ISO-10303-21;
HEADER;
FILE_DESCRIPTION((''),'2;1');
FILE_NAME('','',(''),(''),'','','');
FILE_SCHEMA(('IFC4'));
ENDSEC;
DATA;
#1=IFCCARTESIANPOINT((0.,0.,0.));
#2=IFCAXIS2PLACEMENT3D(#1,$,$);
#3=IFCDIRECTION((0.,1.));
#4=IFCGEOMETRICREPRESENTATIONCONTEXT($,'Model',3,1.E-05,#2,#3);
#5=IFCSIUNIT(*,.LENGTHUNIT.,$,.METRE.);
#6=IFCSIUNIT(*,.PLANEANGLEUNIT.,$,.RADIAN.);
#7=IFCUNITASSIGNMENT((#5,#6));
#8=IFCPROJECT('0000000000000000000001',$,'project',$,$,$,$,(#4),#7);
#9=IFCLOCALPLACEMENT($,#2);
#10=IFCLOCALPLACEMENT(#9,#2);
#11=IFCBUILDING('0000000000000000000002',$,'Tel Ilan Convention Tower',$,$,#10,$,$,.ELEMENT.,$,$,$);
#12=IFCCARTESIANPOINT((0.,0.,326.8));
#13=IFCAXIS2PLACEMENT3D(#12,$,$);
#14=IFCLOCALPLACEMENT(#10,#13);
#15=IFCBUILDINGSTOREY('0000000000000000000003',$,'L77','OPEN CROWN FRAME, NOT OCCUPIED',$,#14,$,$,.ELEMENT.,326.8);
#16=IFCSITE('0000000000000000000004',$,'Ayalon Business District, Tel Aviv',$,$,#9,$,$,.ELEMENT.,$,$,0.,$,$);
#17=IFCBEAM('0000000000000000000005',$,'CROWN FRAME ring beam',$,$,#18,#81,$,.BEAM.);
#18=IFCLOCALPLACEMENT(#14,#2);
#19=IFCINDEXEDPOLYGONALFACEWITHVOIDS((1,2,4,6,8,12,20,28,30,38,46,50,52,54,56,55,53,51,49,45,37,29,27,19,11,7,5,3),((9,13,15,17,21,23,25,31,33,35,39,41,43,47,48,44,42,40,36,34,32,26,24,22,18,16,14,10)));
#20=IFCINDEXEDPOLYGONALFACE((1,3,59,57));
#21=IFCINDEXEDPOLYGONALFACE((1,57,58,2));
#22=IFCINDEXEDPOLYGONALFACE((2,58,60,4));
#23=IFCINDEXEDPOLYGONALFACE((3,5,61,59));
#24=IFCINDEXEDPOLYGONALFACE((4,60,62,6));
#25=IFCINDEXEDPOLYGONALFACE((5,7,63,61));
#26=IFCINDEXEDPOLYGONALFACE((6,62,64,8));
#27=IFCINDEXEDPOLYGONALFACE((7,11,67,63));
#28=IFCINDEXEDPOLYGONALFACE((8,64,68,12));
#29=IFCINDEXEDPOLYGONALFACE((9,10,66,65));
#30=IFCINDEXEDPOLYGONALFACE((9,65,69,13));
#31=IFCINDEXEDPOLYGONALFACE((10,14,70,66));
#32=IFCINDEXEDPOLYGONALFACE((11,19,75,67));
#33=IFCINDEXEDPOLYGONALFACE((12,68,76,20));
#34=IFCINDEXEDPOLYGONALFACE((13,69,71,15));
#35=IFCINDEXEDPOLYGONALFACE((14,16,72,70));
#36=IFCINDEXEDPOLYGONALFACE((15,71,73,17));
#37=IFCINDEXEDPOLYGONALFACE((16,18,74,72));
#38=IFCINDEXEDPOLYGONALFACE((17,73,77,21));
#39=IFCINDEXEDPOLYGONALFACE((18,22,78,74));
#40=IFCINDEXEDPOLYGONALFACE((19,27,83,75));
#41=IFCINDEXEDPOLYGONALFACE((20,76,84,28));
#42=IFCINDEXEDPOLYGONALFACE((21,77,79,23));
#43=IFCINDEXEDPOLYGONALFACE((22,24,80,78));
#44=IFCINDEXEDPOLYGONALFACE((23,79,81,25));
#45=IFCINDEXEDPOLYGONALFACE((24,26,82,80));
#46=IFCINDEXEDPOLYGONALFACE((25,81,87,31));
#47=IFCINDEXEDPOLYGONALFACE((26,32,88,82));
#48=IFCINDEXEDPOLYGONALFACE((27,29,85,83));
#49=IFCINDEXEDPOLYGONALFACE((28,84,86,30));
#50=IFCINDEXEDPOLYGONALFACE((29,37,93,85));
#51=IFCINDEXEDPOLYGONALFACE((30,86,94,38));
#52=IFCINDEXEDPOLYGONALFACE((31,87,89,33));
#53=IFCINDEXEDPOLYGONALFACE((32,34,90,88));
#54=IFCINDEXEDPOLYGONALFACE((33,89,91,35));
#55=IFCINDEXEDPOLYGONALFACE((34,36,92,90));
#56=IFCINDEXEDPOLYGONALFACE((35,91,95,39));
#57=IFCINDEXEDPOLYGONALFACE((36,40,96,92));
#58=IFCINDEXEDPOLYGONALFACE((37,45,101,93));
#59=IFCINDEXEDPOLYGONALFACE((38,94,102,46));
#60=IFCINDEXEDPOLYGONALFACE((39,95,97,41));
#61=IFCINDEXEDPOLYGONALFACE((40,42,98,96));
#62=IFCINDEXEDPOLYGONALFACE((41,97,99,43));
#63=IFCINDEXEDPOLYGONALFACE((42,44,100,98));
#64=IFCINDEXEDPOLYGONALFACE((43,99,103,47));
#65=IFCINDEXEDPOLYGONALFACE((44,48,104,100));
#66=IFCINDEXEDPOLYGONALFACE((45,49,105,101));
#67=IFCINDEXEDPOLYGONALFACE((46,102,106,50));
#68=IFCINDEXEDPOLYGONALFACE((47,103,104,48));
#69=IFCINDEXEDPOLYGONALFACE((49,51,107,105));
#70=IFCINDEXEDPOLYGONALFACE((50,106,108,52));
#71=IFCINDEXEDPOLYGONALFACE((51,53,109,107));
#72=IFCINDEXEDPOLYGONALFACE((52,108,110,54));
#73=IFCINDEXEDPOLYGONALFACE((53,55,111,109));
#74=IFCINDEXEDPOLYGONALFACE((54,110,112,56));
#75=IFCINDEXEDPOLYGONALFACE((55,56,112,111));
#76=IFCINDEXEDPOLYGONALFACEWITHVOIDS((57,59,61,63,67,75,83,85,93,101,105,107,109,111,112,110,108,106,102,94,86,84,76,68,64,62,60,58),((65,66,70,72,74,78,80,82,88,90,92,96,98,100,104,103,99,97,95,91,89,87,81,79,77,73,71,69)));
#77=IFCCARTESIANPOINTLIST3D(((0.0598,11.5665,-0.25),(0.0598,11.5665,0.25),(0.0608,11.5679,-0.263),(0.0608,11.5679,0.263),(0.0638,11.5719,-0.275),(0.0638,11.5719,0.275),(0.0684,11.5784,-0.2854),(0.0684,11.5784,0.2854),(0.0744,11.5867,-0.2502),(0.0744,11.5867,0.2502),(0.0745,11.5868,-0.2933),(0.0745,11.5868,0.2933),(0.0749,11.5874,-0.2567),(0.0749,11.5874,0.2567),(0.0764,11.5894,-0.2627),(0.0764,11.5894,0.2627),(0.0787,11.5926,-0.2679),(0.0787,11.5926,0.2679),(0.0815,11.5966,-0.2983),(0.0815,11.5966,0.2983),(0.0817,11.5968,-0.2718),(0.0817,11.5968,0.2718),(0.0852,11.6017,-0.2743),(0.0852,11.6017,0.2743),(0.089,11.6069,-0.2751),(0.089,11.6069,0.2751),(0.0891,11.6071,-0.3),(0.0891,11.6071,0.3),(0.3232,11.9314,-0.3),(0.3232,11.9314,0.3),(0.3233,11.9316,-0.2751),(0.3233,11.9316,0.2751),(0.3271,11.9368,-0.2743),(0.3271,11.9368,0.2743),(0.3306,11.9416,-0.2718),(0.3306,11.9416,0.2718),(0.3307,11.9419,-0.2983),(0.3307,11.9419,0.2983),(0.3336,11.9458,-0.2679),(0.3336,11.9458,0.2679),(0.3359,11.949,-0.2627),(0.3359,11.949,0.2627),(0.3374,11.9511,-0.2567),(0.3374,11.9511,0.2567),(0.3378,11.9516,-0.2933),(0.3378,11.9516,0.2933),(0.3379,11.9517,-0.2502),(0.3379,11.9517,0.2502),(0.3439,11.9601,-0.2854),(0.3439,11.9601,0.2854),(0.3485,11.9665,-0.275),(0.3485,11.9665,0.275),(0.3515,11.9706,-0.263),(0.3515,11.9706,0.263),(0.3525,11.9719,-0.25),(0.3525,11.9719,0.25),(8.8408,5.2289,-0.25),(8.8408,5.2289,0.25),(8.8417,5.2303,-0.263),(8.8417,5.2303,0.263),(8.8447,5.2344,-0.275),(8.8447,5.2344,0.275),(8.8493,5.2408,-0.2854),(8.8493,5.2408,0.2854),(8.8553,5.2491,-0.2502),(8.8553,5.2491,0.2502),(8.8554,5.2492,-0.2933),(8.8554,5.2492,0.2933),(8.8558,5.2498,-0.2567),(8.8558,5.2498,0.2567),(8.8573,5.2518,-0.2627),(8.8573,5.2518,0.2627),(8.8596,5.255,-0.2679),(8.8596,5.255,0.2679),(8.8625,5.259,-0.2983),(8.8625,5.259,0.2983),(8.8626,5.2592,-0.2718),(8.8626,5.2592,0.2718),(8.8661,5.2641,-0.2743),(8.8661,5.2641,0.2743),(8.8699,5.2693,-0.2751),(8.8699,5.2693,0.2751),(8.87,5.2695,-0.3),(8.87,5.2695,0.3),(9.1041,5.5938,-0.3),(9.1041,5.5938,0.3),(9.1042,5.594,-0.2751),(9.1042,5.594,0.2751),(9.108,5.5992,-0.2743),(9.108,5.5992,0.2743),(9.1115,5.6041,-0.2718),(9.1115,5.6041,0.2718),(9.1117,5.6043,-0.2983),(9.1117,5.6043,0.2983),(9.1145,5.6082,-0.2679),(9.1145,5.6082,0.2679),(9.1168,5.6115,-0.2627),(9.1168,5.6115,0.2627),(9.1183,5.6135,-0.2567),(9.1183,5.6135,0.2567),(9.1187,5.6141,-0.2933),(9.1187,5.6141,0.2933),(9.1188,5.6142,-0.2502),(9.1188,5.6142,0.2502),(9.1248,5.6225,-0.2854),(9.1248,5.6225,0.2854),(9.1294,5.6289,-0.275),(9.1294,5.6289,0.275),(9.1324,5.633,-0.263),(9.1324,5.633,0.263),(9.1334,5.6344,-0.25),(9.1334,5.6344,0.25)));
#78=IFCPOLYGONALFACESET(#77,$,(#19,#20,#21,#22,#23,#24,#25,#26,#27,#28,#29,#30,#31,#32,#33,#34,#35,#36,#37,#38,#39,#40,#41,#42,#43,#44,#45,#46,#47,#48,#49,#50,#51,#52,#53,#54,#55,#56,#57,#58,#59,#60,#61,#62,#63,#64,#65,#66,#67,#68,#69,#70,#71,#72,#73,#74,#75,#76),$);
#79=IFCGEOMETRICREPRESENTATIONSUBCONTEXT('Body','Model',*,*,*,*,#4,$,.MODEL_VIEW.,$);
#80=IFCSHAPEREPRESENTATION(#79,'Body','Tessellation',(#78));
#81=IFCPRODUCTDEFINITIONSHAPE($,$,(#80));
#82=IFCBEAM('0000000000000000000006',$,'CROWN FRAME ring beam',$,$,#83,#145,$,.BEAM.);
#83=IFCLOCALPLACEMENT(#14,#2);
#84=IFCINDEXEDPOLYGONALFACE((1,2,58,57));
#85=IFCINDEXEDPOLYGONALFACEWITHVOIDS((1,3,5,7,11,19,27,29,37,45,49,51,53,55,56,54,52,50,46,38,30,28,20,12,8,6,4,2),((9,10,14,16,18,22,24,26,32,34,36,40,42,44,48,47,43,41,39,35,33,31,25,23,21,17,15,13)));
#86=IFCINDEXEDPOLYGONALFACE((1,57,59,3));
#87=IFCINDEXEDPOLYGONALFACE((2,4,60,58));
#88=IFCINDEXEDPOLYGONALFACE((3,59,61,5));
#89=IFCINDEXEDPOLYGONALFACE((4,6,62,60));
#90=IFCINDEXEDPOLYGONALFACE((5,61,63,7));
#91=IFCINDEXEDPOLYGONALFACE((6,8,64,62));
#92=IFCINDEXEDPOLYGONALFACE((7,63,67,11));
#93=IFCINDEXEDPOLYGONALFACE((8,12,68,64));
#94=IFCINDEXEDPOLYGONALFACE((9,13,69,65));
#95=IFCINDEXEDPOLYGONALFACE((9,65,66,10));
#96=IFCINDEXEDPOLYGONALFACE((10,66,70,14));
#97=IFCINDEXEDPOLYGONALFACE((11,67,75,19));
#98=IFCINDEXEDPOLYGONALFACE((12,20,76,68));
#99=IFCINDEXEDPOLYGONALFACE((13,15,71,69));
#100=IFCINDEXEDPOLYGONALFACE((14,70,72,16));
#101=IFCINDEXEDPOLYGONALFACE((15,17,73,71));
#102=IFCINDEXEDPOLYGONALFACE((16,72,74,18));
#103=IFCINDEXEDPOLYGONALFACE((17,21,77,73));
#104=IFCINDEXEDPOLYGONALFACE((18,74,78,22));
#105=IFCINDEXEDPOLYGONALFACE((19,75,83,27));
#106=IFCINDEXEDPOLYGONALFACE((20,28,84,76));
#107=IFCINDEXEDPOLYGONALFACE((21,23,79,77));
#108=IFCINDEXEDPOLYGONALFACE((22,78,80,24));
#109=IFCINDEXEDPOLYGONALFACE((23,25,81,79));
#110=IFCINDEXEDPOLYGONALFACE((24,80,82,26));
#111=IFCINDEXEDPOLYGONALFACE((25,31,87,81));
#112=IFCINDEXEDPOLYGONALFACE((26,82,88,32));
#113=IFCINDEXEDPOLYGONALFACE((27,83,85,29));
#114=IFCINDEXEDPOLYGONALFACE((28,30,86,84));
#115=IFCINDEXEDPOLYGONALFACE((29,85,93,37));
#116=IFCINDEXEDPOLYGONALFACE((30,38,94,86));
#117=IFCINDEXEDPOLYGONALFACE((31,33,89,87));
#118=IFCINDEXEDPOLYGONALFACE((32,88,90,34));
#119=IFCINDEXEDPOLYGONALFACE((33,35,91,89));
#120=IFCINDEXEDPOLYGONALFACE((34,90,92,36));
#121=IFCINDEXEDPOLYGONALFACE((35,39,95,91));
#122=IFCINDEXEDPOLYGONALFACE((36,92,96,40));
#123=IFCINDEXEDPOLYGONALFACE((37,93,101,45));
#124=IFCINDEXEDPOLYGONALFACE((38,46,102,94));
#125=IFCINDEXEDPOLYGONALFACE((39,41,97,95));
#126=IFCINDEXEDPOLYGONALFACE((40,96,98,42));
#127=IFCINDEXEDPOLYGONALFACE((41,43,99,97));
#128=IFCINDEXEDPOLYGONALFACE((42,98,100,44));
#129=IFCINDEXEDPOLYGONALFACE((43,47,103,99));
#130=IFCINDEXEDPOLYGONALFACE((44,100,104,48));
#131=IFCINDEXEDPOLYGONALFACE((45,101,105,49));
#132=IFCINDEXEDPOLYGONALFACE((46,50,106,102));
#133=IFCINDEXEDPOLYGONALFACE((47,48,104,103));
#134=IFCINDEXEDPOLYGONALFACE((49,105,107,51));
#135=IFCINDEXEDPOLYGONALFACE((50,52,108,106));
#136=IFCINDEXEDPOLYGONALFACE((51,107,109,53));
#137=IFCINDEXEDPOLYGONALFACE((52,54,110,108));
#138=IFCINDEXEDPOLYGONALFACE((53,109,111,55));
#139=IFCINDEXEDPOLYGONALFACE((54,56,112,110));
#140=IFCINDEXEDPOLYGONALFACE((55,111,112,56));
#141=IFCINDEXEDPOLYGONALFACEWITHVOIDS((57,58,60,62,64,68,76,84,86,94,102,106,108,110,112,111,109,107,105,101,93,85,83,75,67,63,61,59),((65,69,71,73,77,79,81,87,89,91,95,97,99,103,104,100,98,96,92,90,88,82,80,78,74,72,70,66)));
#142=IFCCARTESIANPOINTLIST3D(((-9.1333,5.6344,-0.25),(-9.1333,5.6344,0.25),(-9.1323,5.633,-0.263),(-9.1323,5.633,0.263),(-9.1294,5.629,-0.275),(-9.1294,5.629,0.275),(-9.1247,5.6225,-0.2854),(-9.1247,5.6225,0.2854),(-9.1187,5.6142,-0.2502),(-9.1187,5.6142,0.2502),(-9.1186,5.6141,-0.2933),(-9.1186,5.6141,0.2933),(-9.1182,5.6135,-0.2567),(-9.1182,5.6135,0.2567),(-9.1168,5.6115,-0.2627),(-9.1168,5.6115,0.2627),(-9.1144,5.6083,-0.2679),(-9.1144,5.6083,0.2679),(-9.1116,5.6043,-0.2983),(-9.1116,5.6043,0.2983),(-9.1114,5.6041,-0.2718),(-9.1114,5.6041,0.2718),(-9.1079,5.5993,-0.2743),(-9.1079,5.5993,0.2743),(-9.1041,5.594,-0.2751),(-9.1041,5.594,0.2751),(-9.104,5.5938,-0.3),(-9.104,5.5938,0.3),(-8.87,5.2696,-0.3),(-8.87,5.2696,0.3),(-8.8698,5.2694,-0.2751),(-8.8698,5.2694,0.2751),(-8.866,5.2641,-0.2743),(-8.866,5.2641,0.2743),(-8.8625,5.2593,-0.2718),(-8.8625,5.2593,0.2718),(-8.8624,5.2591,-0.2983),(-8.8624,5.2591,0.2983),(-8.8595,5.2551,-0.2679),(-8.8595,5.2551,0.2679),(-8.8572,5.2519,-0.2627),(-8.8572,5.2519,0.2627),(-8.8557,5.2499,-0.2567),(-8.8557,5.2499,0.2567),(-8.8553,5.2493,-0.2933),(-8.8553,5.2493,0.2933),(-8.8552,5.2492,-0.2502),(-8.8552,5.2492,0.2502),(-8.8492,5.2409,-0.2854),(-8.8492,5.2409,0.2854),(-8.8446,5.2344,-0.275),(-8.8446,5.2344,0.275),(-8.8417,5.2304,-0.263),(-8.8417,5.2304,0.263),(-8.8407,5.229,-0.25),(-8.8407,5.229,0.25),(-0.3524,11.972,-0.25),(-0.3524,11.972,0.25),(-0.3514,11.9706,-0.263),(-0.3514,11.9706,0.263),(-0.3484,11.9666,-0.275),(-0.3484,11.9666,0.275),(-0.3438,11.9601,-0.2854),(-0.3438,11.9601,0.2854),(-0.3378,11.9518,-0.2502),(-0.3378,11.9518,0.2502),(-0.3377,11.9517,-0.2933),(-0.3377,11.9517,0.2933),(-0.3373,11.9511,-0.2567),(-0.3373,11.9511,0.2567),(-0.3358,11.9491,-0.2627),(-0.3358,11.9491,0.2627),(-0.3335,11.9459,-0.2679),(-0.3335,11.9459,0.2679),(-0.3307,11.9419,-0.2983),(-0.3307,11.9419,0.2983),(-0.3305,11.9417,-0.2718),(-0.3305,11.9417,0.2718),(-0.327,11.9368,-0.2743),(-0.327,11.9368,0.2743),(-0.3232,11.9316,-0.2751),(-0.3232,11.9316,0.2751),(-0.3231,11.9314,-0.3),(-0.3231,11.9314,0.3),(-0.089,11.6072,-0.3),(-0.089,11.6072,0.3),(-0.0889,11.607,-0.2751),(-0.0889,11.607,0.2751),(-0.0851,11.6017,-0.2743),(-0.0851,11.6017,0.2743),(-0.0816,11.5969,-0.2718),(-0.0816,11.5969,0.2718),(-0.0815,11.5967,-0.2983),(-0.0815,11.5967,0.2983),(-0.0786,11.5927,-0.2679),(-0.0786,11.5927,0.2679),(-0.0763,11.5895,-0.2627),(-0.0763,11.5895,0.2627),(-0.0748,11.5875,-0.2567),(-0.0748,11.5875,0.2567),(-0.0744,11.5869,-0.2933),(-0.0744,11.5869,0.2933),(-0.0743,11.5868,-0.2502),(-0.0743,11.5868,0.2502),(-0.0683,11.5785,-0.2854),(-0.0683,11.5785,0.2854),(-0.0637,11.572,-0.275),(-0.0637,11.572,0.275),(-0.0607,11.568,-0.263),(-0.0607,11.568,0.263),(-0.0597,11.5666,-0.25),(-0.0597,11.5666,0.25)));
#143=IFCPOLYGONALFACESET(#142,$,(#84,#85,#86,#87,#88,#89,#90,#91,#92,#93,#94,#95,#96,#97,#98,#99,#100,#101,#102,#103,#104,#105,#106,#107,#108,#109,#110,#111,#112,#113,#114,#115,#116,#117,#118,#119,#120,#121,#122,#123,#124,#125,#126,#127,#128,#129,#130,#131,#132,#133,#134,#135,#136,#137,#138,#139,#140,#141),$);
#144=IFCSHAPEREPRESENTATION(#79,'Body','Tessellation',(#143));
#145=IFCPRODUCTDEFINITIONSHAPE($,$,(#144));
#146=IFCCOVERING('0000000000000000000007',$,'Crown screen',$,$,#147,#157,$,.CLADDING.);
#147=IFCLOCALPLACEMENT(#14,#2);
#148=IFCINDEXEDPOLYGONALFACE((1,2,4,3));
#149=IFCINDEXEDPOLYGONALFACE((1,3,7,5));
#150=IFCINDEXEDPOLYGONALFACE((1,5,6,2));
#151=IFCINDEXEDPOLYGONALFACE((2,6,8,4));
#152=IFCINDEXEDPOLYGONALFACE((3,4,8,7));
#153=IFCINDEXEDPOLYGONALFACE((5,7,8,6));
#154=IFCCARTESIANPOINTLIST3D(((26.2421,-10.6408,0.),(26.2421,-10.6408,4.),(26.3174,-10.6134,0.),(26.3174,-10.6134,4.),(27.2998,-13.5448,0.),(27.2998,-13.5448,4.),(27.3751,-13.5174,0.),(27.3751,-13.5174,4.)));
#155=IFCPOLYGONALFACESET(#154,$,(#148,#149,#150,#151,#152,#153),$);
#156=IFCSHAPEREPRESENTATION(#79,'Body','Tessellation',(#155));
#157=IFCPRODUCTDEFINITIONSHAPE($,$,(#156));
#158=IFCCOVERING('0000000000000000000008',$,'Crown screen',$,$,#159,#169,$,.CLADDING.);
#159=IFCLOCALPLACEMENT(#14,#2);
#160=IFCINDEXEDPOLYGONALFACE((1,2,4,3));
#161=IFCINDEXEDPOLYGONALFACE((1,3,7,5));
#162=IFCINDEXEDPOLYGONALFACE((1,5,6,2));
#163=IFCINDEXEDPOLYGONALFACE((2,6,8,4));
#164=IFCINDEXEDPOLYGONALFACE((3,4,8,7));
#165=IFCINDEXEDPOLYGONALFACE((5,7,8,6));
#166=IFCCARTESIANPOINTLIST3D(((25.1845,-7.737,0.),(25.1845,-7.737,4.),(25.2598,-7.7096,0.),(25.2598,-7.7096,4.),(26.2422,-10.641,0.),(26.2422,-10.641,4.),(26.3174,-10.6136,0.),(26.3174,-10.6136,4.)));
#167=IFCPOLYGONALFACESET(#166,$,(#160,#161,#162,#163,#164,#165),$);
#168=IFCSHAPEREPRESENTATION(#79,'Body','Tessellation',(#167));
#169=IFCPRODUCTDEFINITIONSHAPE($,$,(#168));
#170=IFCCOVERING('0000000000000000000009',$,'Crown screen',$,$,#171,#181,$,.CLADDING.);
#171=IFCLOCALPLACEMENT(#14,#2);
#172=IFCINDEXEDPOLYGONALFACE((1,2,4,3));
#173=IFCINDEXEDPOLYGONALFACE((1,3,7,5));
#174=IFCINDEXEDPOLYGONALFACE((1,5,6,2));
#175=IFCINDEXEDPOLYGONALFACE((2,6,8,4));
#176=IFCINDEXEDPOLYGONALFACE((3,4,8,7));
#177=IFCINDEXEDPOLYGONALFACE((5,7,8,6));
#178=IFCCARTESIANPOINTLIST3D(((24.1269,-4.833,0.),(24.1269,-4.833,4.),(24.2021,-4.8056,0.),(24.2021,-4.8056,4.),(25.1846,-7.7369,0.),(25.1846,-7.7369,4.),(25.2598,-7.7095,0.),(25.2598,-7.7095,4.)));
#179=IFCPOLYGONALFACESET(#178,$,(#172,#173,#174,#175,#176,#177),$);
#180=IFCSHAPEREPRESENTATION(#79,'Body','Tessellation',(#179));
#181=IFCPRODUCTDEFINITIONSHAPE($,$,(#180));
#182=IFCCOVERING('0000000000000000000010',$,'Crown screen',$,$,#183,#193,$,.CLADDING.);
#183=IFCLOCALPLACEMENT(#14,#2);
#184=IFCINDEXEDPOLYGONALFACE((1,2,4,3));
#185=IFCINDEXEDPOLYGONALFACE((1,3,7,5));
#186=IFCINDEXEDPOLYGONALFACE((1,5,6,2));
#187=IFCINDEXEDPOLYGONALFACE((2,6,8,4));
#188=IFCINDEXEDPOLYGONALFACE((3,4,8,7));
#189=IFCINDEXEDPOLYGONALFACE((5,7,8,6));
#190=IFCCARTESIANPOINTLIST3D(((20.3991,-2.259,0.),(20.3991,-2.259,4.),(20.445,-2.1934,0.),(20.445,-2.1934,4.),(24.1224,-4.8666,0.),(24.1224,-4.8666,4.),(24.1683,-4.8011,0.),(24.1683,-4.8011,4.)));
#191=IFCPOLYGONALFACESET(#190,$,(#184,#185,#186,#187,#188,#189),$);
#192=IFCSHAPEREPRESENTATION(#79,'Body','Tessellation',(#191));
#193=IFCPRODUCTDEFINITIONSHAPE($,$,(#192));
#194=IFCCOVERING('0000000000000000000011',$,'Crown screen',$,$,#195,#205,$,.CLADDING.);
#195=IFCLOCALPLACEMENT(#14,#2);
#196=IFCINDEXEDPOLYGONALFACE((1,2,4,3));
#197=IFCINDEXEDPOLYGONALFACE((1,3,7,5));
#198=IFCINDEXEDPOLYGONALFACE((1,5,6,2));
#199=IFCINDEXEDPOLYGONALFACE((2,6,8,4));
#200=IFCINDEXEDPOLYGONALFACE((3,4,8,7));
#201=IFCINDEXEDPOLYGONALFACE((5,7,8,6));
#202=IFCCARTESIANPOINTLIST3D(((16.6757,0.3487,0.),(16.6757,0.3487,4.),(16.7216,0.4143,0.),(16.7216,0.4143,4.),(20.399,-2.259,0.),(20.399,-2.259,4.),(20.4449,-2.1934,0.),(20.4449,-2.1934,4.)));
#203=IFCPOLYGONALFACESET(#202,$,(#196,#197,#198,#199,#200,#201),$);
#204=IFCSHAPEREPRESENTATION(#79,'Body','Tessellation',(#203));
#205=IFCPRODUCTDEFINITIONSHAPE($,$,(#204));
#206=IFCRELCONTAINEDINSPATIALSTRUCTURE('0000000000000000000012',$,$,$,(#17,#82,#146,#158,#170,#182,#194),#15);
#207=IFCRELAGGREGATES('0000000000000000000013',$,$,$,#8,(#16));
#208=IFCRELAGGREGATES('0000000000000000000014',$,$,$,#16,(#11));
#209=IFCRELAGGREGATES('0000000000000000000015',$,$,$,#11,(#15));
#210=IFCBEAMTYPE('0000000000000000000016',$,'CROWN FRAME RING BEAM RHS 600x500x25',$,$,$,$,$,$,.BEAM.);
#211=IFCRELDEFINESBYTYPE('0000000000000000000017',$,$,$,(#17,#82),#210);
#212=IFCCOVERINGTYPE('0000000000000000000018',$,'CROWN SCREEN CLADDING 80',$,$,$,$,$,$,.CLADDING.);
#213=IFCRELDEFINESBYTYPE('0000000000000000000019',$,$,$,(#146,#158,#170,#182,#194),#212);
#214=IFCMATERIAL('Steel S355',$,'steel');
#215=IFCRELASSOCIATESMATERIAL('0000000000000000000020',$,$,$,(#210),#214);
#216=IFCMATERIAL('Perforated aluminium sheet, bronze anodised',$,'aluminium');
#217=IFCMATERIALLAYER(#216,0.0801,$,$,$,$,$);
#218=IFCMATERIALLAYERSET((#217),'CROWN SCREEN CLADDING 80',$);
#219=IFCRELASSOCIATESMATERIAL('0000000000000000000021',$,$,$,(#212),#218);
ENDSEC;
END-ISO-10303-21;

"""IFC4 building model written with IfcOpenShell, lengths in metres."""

from ifc_helpers import new_model, si_unit, direction, frame, origin, origin_2d, place, context, subcontext, project, spatial, rectangle, hollow_rectangle, extrude, material, layer, layer_set, material_profile, profile_set, type_object, element, save


model = new_model("IFC4")

# Units and contexts
model_context = context("Model", 3, precision=1e-05, world=origin(), true_north=direction((0.0, 1.0)))
body_context = subcontext(model_context, "Body", "Model", "MODEL_VIEW")
ifc_project = project(units=[si_unit("LENGTHUNIT", "METRE"), si_unit("PLANEANGLEUNIT", "RADIAN")], contexts=[model_context])

# Site, building, storey
site_placement = place(None, origin())
site = spatial("IfcSite", under=ifc_project, at=site_placement, Name="Ayalon Business District, Tel Aviv", CompositionType="ELEMENT", RefElevation=0.0)
building_placement = place(site_placement, origin())
building = spatial("IfcBuilding", under=site, at=building_placement, Name="Tel Ilan Convention Tower", CompositionType="ELEMENT")
storey_placement = place(building_placement, frame((0.0, 0.0, 326.8)))
storey = spatial("IfcBuildingStorey", under=building, at=storey_placement, Name="L77", Description="OPEN CROWN FRAME, NOT OCCUPIED", CompositionType="ELEMENT", Elevation=326.8)

# Beams
ifc_material_1 = material(Name="Steel S355", Category="steel")
ifc_material_profile_1 = material_profile(ifc_material_1, hollow_rectangle(XDim=0.5, YDim=0.6001, WallThickness=0.0249, InnerFilletRadius=0.0249, OuterFilletRadius=0.05, at=origin_2d()), Name="RHS 600x500x25")
ifc_profile_set_1 = profile_set([ifc_material_profile_1], Name="Steel S355")
beam_type = type_object("IfcBeamType", Name="CROWN FRAME RING BEAM RHS 600x500x25", PredefinedType="BEAM", material=ifc_profile_set_1)
for number, where, z_axis, x_axis, name in (
    (1, (8.9871, 5.4316, 0.0), (-0.810863, 0.585236, 0.0), (-0.585236, -0.810863, 0.0), "CROWN FRAME ring beam"),
    (2, (-0.2061, 11.7693, 0.0), (-0.810863, -0.585236, 0.0), (0.585236, -0.810863, 0.0), "CROWN FRAME ring beam"),
):
    element("IfcBeam", number, at=place(storey_placement, frame(where, z_axis=z_axis, x_axis=x_axis)), inside=storey, type_object=beam_type, Name=name, PredefinedType="BEAM", context=body_context, shape_type="SweptSolid", body=[
        extrude(hollow_rectangle(XDim=0.5, YDim=0.6001, WallThickness=0.0249, InnerFilletRadius=0.0249, OuterFilletRadius=0.05, at=origin_2d()), origin(), (0.0, 0.0, 1.0), 10.8291),
    ])

# Coverings
ifc_material_2 = material(Name="Perforated aluminium sheet, bronze anodised", Category="aluminium")
ifc_layer = layer(ifc_material_2, 0.0801)
ifc_layer_set = layer_set([ifc_layer], Name="CROWN SCREEN CLADDING 80")
covering_type = type_object("IfcCoveringType", Name="CROWN SCREEN CLADDING 80", PredefinedType="CLADDING", material=ifc_layer_set)
for number, where, z_axis, x_axis, name in (
    (3, (26.8086, -12.0791, 0.0), (0.0, 0.0, 1.0), (-0.342225, 0.939618, 0.0), "Crown screen"),
    (4, (25.751, -9.1753, 0.0), (0.0, 0.0, 1.0), (-0.342225, 0.939618, 0.0), "Crown screen"),
    (5, (24.6934, -6.2712, 0.0), (0.0, 0.0, 1.0), (-0.342225, 0.939618, 0.0), "Crown screen"),
):
    element("IfcCovering", number, at=place(storey_placement, frame(where, z_axis=z_axis, x_axis=x_axis)), inside=storey, type_object=covering_type, Name=name, PredefinedType="CLADDING", context=body_context, shape_type="SweptSolid", body=[
        extrude(rectangle(XDim=3.0906, YDim=0.0801, at=origin_2d()), origin(), (0.0, 0.0, 1.0), 4.0),
    ])
for number, where, z_axis, x_axis, name in (
    (6, (22.2837, -3.53, 0.0), (0.0, 0.0, 1.0), (-0.819096, 0.573656, 0.0), "Crown screen"),
    (7, (18.5603, -0.9224, 0.0), (0.0, 0.0, 1.0), (-0.819096, 0.573656, 0.0), "Crown screen"),
):
    element("IfcCovering", number, at=place(storey_placement, frame(where, z_axis=z_axis, x_axis=x_axis)), inside=storey, type_object=covering_type, Name=name, PredefinedType="CLADDING", context=body_context, shape_type="SweptSolid", body=[
        extrude(rectangle(XDim=4.5457, YDim=0.0801, at=origin_2d()), origin(), (0.0, 0.0, 1.0), 4.0),
    ])

save(model, "model.ifc")
